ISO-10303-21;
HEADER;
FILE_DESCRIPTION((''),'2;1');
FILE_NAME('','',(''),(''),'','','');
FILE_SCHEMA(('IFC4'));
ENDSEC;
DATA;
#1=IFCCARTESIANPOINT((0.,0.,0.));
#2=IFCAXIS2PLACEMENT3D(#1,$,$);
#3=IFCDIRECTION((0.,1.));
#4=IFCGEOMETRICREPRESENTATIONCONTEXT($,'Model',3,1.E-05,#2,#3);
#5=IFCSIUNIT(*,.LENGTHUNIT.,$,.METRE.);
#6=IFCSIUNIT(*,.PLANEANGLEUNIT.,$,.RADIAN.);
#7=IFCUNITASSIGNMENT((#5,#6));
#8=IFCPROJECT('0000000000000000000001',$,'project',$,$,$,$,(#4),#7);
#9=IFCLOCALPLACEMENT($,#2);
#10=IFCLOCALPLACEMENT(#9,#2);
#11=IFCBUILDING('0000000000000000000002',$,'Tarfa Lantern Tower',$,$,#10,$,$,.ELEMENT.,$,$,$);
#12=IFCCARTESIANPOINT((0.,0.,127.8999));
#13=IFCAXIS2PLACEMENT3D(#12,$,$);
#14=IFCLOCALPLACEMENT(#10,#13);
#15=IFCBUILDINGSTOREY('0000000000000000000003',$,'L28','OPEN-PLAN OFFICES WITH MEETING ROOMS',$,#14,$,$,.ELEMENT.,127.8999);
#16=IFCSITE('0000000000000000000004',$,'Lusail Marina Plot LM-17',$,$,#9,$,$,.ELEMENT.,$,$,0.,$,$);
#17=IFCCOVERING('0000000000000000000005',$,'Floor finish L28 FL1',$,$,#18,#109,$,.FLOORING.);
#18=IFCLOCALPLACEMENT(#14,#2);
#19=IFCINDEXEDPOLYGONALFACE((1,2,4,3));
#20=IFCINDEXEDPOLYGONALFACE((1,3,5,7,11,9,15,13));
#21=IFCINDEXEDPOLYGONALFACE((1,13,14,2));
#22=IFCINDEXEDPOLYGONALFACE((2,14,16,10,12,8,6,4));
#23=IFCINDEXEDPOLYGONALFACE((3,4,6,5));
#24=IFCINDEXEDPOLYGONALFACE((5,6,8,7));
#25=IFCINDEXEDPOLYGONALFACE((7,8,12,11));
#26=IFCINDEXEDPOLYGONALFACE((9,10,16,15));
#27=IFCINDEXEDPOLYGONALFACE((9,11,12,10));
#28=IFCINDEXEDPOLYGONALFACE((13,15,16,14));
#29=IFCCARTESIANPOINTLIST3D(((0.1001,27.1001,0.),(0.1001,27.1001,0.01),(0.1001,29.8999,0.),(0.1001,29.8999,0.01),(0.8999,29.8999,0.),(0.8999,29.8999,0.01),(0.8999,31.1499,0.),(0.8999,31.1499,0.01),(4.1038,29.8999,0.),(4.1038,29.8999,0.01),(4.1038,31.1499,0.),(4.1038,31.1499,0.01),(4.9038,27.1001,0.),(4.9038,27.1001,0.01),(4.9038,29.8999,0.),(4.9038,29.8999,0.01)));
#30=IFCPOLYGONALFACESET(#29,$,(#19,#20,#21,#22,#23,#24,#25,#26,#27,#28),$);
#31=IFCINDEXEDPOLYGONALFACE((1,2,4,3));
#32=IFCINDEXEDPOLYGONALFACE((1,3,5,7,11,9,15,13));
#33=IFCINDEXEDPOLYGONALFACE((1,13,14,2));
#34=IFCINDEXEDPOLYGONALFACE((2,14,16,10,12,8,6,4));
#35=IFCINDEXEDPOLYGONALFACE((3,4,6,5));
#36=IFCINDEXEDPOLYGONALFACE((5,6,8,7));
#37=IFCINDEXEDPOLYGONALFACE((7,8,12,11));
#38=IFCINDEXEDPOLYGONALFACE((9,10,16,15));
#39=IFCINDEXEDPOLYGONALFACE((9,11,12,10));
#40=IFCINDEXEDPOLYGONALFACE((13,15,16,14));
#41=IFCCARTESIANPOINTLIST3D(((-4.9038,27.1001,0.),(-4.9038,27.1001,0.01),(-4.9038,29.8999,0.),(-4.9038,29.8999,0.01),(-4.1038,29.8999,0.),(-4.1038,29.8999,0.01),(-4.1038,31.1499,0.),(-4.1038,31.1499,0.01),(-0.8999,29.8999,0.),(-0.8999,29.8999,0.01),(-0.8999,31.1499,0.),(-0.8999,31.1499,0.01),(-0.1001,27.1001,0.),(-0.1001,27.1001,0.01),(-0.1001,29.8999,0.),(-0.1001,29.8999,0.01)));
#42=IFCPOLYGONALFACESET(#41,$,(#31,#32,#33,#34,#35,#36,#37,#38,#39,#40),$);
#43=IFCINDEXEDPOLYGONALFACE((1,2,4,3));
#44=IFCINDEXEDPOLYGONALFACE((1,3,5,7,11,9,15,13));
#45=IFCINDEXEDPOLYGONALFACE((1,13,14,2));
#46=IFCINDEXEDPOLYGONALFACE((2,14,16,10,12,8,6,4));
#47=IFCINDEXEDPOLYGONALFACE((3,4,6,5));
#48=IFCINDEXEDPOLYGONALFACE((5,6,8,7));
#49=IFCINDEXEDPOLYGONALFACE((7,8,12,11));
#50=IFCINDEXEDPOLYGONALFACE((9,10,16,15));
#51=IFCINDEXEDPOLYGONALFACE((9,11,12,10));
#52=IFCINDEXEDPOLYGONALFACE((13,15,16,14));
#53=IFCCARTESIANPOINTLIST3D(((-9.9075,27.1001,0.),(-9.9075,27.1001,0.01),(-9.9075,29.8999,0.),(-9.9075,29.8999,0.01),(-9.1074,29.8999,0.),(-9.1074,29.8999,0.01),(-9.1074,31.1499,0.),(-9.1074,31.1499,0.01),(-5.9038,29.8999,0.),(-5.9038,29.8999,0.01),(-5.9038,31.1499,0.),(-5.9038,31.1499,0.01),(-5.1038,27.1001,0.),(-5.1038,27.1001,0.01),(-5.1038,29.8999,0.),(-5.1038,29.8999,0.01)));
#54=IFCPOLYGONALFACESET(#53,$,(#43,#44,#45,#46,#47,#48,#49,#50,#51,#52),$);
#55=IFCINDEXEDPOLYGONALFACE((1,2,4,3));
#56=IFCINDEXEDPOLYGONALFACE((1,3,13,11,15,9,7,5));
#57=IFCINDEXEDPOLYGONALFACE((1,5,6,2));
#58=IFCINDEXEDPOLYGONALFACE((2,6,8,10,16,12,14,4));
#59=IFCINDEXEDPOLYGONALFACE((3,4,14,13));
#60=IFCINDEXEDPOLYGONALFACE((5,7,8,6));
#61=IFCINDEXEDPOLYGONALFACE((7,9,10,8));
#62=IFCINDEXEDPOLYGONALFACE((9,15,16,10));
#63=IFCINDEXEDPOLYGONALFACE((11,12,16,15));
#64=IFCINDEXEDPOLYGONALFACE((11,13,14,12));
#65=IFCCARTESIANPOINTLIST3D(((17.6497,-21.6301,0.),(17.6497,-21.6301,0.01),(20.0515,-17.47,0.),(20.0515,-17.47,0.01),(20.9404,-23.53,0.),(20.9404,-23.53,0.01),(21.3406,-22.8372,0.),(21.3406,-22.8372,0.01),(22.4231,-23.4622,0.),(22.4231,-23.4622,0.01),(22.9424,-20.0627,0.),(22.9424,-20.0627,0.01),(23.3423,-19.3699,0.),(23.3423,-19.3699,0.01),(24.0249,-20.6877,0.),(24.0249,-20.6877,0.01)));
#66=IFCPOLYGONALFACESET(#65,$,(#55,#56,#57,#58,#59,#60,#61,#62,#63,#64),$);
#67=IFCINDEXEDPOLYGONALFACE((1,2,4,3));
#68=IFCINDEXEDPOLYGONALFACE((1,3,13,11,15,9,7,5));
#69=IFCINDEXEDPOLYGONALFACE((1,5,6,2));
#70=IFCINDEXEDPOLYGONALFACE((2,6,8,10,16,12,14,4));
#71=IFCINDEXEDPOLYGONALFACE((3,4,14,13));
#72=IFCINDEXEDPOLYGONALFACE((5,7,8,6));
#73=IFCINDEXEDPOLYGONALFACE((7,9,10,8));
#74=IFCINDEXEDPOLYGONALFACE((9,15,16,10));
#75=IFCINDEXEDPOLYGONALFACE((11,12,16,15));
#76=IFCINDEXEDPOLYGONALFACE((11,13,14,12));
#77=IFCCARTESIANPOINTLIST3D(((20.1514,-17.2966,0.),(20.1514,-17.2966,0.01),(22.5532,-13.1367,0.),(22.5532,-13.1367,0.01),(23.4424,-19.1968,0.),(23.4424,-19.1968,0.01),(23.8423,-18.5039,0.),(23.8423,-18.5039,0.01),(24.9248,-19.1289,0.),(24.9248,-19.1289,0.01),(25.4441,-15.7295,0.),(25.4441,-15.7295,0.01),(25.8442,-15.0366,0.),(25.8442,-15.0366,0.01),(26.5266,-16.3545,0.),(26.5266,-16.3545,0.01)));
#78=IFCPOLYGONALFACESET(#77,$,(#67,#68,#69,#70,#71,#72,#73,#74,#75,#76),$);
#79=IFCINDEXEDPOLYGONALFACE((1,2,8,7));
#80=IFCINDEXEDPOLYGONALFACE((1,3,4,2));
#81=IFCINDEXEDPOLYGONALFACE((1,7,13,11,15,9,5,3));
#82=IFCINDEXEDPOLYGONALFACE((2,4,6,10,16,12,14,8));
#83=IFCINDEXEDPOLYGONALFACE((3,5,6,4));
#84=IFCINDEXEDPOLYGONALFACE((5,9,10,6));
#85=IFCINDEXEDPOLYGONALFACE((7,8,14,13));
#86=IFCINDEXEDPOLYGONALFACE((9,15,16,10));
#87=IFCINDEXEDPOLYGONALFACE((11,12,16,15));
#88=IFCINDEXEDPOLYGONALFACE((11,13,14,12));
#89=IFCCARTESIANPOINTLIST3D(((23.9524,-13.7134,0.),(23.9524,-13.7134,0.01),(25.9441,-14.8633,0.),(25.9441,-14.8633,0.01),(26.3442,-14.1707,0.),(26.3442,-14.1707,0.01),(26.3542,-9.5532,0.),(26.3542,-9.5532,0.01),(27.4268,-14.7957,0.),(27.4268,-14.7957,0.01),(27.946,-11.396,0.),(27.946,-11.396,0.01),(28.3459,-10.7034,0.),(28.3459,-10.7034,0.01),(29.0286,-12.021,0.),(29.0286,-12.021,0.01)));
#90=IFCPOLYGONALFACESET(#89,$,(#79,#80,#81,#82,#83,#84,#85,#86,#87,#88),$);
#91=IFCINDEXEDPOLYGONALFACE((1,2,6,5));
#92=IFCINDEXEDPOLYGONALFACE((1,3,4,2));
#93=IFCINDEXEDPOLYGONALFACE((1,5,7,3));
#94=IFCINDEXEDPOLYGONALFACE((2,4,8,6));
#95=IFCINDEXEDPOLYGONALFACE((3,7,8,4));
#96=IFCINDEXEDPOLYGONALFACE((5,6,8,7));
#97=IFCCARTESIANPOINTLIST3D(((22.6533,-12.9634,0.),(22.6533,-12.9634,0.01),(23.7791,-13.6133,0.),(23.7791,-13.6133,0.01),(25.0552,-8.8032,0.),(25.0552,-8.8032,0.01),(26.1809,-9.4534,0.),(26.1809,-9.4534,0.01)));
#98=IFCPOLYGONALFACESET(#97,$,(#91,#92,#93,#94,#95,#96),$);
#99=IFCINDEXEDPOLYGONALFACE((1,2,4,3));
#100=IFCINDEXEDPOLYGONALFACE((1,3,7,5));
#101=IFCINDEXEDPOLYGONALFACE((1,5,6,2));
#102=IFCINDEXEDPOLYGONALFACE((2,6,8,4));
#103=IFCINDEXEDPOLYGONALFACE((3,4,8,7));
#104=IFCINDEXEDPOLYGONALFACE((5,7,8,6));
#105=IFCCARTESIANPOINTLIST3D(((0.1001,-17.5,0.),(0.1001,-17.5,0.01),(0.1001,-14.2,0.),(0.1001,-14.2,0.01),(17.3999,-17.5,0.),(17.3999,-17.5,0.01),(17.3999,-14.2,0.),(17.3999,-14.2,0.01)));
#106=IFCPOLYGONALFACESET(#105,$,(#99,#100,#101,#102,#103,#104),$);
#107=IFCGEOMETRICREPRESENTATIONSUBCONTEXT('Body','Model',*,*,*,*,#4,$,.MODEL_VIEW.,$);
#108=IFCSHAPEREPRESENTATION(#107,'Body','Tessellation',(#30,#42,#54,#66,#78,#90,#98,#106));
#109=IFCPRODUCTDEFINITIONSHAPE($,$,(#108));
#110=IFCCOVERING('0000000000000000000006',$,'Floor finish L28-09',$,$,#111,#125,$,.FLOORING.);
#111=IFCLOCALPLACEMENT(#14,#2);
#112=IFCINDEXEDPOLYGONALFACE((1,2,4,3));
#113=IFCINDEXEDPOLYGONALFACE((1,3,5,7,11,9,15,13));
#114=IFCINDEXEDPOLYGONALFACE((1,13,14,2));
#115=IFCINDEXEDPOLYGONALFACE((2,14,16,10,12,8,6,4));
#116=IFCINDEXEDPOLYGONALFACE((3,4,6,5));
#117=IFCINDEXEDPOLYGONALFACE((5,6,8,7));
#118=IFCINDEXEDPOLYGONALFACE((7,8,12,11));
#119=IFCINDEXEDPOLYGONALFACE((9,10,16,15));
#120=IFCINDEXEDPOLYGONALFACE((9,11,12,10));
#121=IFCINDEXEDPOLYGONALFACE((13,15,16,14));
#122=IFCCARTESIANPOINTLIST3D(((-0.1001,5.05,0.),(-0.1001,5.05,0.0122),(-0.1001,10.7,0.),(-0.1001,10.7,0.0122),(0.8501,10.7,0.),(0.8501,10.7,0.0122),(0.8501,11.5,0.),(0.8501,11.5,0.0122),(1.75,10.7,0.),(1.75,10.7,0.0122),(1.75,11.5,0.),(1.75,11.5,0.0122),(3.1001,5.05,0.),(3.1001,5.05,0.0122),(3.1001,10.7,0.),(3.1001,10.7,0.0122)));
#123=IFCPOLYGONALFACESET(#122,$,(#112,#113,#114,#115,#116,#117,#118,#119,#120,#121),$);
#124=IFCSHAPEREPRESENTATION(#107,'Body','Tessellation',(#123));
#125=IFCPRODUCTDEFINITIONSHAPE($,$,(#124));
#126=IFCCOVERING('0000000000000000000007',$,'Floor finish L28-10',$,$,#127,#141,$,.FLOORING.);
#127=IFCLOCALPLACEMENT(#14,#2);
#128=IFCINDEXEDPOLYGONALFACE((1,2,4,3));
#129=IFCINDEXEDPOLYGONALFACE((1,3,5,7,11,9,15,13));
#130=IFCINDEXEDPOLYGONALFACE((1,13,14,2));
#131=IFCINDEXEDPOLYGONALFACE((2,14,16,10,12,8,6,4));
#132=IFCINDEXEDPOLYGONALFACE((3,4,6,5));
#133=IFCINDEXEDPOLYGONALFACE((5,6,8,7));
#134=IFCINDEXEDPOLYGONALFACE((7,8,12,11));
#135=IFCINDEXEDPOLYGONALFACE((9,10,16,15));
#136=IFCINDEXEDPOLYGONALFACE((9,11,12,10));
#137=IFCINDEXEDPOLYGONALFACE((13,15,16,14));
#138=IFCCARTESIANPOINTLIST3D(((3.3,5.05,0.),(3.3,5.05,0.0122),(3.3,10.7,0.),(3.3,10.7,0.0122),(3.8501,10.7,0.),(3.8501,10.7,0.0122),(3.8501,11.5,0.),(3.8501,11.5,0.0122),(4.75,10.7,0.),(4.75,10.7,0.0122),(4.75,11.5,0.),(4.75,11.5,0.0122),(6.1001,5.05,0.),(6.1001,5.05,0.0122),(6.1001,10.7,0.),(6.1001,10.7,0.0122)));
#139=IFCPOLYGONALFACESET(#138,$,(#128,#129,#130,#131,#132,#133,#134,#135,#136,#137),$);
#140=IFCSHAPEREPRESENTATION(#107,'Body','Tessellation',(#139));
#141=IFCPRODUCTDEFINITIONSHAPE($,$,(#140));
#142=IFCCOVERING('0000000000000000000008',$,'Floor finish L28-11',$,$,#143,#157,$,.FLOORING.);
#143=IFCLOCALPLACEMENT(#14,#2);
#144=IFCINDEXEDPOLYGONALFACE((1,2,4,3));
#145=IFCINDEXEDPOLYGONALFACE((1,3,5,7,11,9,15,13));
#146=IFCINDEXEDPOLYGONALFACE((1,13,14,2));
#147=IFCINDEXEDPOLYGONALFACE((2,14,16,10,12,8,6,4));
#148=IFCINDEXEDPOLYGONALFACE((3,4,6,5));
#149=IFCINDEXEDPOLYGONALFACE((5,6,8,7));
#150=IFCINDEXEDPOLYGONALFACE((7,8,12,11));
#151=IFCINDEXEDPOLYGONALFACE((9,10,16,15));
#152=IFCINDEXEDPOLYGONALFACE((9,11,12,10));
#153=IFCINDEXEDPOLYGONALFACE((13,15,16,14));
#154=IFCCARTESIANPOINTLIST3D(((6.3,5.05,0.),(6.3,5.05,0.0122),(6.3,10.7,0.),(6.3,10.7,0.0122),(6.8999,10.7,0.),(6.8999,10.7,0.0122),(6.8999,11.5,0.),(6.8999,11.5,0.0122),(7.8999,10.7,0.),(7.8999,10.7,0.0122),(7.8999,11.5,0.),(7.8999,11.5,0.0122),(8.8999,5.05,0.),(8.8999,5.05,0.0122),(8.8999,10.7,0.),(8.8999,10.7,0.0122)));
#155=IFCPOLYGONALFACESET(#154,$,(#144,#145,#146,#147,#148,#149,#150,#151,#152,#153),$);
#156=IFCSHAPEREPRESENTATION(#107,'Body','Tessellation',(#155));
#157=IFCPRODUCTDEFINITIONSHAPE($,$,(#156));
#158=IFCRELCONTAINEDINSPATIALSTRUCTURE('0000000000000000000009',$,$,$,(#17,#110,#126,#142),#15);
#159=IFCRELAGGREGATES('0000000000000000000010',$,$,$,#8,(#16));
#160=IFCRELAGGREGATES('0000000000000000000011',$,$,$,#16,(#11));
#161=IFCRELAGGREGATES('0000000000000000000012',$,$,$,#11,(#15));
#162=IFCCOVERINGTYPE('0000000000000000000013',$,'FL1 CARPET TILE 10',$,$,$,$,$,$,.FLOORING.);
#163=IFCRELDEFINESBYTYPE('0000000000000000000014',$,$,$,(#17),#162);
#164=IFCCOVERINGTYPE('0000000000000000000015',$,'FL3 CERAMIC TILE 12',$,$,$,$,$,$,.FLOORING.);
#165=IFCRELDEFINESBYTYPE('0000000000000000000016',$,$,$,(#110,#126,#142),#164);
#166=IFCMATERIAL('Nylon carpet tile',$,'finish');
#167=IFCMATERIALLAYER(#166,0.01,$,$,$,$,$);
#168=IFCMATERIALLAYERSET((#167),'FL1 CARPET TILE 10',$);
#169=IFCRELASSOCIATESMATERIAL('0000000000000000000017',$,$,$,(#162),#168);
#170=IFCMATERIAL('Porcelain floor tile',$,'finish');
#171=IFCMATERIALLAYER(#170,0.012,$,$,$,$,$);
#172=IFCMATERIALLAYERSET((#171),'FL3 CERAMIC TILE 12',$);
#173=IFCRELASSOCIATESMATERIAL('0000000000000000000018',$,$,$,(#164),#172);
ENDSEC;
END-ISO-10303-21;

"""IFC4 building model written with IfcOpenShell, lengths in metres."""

from ifc_helpers import new_model, si_unit, direction, frame, origin, place, context, subcontext, project, spatial, polyline, outline, extrude, material, layer, layer_set, type_object, element, save


model = new_model("IFC4")

# Units and contexts
model_context = context("Model", 3, precision=1e-05, world=origin(), true_north=direction((0.0, 1.0)))
body_context = subcontext(model_context, "Body", "Model", "MODEL_VIEW")
ifc_project = project(units=[si_unit("LENGTHUNIT", "METRE"), si_unit("PLANEANGLEUNIT", "RADIAN")], contexts=[model_context])

# Site, building, storey
site_placement = place(None, origin())
site = spatial("IfcSite", under=ifc_project, at=site_placement, Name="Lusail Marina Plot LM-17", CompositionType="ELEMENT", RefElevation=0.0)
building_placement = place(site_placement, origin())
building = spatial("IfcBuilding", under=site, at=building_placement, Name="Tarfa Lantern Tower", CompositionType="ELEMENT")
storey_placement = place(building_placement, frame((0.0, 0.0, 127.8999)))
storey = spatial("IfcBuildingStorey", under=building, at=storey_placement, Name="L28", Description="OPEN-PLAN OFFICES WITH MEETING ROOMS", CompositionType="ELEMENT", Elevation=127.8999)

# Coverings
ifc_material_1 = material(Name="Nylon carpet tile", Category="finish")
ifc_layer_1 = layer(ifc_material_1, 0.01)
ifc_layer_set_1 = layer_set([ifc_layer_1], Name="FL1 CARPET TILE 10")
covering_type_1 = type_object("IfcCoveringType", Name="FL1 CARPET TILE 10", PredefinedType="FLOORING", material=ifc_layer_set_1)
covering_1_placement = place(storey_placement, origin())
element("IfcCovering", 1, at=covering_1_placement, inside=storey, type_object=covering_type_1, Name="Floor finish L28 FL1", PredefinedType="FLOORING", context=body_context, shape_type="SweptSolid", body=[
    extrude(outline(polyline([(4.9038, 27.1001), (0.1001, 27.1001), (0.1001, 29.8999), (0.8999, 29.8999), (0.8999, 31.1499), (4.1038, 31.1499), (4.1038, 29.8999), (4.9038, 29.8999), (4.9038, 27.1001)])), origin(), (0.0, 0.0, 1.0), 0.01),
    extrude(outline(polyline([(-0.1001, 27.1001), (-4.9038, 27.1001), (-4.9038, 29.8999), (-4.1038, 29.8999), (-4.1038, 31.1499), (-0.8999, 31.1499), (-0.8999, 29.8999), (-0.1001, 29.8999), (-0.1001, 27.1001)])), origin(), (0.0, 0.0, 1.0), 0.01),
    extrude(outline(polyline([(-5.1038, 27.1001), (-9.9075, 27.1001), (-9.9075, 29.8999), (-9.1074, 29.8999), (-9.1074, 31.1499), (-5.9038, 31.1499), (-5.9038, 29.8999), (-5.1038, 29.8999), (-5.1038, 27.1001)])), origin(), (0.0, 0.0, 1.0), 0.01),
    extrude(outline(polyline([(20.0515, -17.47), (23.3423, -19.3699), (22.9424, -20.0627), (24.0249, -20.6877), (22.4231, -23.4622), (21.3406, -22.8372), (20.9404, -23.53), (17.6497, -21.6301), (20.0515, -17.47)])), origin(), (0.0, 0.0, 1.0), 0.01),
    extrude(outline(polyline([(22.5532, -13.1367), (25.8442, -15.0366), (25.4441, -15.7295), (26.5266, -16.3545), (24.9248, -19.1289), (23.8423, -18.5039), (23.4424, -19.1968), (20.1514, -17.2966), (22.5532, -13.1367)])), origin(), (0.0, 0.0, 1.0), 0.01),
    extrude(outline(polyline([(26.3542, -9.5532), (28.3459, -10.7034), (27.946, -11.396), (29.0286, -12.021), (27.4268, -14.7957), (26.3442, -14.1707), (25.9441, -14.8633), (23.9524, -13.7134), (26.3542, -9.5532)])), origin(), (0.0, 0.0, 1.0), 0.01),
    extrude(outline(polyline([(25.0552, -8.8032), (26.1809, -9.4534), (23.7791, -13.6133), (22.6533, -12.9634), (25.0552, -8.8032)])), origin(), (0.0, 0.0, 1.0), 0.01),
    extrude(outline(polyline([(0.1001, -14.2), (17.3999, -14.2), (17.3999, -17.5), (0.1001, -17.5), (0.1001, -14.2)])), origin(), (0.0, 0.0, 1.0), 0.01),
])
ifc_material_2 = material(Name="Porcelain floor tile", Category="finish")
ifc_layer_2 = layer(ifc_material_2, 0.012)
ifc_layer_set_2 = layer_set([ifc_layer_2], Name="FL3 CERAMIC TILE 12")
covering_type_2 = type_object("IfcCoveringType", Name="FL3 CERAMIC TILE 12", PredefinedType="FLOORING", material=ifc_layer_set_2)
covering_2_placement = place(storey_placement, origin())
element("IfcCovering", 2, at=covering_2_placement, inside=storey, type_object=covering_type_2, Name="Floor finish L28-09", PredefinedType="FLOORING", context=body_context, shape_type="SweptSolid", body=[
    extrude(outline(polyline([(0.8501, 10.7), (-0.1001, 10.7), (-0.1001, 5.05), (3.1001, 5.05), (3.1001, 10.7), (1.75, 10.7), (1.75, 11.5), (0.8501, 11.5), (0.8501, 10.7)])), origin(), (0.0, 0.0, 1.0), 0.0122),
])
covering_3_placement = place(storey_placement, origin())
element("IfcCovering", 3, at=covering_3_placement, inside=storey, type_object=covering_type_2, Name="Floor finish L28-10", PredefinedType="FLOORING", context=body_context, shape_type="SweptSolid", body=[
    extrude(outline(polyline([(3.3, 5.05), (6.1001, 5.05), (6.1001, 10.7), (4.75, 10.7), (4.75, 11.5), (3.8501, 11.5), (3.8501, 10.7), (3.3, 10.7), (3.3, 5.05)])), origin(), (0.0, 0.0, 1.0), 0.0122),
])
covering_4_placement = place(storey_placement, origin())
element("IfcCovering", 4, at=covering_4_placement, inside=storey, type_object=covering_type_2, Name="Floor finish L28-11", PredefinedType="FLOORING", context=body_context, shape_type="SweptSolid", body=[
    extrude(outline(polyline([(6.3, 5.05), (8.8999, 5.05), (8.8999, 10.7), (7.8999, 10.7), (7.8999, 11.5), (6.8999, 11.5), (6.8999, 10.7), (6.3, 10.7), (6.3, 5.05)])), origin(), (0.0, 0.0, 1.0), 0.0122),
])

save(model, "model.ifc")
